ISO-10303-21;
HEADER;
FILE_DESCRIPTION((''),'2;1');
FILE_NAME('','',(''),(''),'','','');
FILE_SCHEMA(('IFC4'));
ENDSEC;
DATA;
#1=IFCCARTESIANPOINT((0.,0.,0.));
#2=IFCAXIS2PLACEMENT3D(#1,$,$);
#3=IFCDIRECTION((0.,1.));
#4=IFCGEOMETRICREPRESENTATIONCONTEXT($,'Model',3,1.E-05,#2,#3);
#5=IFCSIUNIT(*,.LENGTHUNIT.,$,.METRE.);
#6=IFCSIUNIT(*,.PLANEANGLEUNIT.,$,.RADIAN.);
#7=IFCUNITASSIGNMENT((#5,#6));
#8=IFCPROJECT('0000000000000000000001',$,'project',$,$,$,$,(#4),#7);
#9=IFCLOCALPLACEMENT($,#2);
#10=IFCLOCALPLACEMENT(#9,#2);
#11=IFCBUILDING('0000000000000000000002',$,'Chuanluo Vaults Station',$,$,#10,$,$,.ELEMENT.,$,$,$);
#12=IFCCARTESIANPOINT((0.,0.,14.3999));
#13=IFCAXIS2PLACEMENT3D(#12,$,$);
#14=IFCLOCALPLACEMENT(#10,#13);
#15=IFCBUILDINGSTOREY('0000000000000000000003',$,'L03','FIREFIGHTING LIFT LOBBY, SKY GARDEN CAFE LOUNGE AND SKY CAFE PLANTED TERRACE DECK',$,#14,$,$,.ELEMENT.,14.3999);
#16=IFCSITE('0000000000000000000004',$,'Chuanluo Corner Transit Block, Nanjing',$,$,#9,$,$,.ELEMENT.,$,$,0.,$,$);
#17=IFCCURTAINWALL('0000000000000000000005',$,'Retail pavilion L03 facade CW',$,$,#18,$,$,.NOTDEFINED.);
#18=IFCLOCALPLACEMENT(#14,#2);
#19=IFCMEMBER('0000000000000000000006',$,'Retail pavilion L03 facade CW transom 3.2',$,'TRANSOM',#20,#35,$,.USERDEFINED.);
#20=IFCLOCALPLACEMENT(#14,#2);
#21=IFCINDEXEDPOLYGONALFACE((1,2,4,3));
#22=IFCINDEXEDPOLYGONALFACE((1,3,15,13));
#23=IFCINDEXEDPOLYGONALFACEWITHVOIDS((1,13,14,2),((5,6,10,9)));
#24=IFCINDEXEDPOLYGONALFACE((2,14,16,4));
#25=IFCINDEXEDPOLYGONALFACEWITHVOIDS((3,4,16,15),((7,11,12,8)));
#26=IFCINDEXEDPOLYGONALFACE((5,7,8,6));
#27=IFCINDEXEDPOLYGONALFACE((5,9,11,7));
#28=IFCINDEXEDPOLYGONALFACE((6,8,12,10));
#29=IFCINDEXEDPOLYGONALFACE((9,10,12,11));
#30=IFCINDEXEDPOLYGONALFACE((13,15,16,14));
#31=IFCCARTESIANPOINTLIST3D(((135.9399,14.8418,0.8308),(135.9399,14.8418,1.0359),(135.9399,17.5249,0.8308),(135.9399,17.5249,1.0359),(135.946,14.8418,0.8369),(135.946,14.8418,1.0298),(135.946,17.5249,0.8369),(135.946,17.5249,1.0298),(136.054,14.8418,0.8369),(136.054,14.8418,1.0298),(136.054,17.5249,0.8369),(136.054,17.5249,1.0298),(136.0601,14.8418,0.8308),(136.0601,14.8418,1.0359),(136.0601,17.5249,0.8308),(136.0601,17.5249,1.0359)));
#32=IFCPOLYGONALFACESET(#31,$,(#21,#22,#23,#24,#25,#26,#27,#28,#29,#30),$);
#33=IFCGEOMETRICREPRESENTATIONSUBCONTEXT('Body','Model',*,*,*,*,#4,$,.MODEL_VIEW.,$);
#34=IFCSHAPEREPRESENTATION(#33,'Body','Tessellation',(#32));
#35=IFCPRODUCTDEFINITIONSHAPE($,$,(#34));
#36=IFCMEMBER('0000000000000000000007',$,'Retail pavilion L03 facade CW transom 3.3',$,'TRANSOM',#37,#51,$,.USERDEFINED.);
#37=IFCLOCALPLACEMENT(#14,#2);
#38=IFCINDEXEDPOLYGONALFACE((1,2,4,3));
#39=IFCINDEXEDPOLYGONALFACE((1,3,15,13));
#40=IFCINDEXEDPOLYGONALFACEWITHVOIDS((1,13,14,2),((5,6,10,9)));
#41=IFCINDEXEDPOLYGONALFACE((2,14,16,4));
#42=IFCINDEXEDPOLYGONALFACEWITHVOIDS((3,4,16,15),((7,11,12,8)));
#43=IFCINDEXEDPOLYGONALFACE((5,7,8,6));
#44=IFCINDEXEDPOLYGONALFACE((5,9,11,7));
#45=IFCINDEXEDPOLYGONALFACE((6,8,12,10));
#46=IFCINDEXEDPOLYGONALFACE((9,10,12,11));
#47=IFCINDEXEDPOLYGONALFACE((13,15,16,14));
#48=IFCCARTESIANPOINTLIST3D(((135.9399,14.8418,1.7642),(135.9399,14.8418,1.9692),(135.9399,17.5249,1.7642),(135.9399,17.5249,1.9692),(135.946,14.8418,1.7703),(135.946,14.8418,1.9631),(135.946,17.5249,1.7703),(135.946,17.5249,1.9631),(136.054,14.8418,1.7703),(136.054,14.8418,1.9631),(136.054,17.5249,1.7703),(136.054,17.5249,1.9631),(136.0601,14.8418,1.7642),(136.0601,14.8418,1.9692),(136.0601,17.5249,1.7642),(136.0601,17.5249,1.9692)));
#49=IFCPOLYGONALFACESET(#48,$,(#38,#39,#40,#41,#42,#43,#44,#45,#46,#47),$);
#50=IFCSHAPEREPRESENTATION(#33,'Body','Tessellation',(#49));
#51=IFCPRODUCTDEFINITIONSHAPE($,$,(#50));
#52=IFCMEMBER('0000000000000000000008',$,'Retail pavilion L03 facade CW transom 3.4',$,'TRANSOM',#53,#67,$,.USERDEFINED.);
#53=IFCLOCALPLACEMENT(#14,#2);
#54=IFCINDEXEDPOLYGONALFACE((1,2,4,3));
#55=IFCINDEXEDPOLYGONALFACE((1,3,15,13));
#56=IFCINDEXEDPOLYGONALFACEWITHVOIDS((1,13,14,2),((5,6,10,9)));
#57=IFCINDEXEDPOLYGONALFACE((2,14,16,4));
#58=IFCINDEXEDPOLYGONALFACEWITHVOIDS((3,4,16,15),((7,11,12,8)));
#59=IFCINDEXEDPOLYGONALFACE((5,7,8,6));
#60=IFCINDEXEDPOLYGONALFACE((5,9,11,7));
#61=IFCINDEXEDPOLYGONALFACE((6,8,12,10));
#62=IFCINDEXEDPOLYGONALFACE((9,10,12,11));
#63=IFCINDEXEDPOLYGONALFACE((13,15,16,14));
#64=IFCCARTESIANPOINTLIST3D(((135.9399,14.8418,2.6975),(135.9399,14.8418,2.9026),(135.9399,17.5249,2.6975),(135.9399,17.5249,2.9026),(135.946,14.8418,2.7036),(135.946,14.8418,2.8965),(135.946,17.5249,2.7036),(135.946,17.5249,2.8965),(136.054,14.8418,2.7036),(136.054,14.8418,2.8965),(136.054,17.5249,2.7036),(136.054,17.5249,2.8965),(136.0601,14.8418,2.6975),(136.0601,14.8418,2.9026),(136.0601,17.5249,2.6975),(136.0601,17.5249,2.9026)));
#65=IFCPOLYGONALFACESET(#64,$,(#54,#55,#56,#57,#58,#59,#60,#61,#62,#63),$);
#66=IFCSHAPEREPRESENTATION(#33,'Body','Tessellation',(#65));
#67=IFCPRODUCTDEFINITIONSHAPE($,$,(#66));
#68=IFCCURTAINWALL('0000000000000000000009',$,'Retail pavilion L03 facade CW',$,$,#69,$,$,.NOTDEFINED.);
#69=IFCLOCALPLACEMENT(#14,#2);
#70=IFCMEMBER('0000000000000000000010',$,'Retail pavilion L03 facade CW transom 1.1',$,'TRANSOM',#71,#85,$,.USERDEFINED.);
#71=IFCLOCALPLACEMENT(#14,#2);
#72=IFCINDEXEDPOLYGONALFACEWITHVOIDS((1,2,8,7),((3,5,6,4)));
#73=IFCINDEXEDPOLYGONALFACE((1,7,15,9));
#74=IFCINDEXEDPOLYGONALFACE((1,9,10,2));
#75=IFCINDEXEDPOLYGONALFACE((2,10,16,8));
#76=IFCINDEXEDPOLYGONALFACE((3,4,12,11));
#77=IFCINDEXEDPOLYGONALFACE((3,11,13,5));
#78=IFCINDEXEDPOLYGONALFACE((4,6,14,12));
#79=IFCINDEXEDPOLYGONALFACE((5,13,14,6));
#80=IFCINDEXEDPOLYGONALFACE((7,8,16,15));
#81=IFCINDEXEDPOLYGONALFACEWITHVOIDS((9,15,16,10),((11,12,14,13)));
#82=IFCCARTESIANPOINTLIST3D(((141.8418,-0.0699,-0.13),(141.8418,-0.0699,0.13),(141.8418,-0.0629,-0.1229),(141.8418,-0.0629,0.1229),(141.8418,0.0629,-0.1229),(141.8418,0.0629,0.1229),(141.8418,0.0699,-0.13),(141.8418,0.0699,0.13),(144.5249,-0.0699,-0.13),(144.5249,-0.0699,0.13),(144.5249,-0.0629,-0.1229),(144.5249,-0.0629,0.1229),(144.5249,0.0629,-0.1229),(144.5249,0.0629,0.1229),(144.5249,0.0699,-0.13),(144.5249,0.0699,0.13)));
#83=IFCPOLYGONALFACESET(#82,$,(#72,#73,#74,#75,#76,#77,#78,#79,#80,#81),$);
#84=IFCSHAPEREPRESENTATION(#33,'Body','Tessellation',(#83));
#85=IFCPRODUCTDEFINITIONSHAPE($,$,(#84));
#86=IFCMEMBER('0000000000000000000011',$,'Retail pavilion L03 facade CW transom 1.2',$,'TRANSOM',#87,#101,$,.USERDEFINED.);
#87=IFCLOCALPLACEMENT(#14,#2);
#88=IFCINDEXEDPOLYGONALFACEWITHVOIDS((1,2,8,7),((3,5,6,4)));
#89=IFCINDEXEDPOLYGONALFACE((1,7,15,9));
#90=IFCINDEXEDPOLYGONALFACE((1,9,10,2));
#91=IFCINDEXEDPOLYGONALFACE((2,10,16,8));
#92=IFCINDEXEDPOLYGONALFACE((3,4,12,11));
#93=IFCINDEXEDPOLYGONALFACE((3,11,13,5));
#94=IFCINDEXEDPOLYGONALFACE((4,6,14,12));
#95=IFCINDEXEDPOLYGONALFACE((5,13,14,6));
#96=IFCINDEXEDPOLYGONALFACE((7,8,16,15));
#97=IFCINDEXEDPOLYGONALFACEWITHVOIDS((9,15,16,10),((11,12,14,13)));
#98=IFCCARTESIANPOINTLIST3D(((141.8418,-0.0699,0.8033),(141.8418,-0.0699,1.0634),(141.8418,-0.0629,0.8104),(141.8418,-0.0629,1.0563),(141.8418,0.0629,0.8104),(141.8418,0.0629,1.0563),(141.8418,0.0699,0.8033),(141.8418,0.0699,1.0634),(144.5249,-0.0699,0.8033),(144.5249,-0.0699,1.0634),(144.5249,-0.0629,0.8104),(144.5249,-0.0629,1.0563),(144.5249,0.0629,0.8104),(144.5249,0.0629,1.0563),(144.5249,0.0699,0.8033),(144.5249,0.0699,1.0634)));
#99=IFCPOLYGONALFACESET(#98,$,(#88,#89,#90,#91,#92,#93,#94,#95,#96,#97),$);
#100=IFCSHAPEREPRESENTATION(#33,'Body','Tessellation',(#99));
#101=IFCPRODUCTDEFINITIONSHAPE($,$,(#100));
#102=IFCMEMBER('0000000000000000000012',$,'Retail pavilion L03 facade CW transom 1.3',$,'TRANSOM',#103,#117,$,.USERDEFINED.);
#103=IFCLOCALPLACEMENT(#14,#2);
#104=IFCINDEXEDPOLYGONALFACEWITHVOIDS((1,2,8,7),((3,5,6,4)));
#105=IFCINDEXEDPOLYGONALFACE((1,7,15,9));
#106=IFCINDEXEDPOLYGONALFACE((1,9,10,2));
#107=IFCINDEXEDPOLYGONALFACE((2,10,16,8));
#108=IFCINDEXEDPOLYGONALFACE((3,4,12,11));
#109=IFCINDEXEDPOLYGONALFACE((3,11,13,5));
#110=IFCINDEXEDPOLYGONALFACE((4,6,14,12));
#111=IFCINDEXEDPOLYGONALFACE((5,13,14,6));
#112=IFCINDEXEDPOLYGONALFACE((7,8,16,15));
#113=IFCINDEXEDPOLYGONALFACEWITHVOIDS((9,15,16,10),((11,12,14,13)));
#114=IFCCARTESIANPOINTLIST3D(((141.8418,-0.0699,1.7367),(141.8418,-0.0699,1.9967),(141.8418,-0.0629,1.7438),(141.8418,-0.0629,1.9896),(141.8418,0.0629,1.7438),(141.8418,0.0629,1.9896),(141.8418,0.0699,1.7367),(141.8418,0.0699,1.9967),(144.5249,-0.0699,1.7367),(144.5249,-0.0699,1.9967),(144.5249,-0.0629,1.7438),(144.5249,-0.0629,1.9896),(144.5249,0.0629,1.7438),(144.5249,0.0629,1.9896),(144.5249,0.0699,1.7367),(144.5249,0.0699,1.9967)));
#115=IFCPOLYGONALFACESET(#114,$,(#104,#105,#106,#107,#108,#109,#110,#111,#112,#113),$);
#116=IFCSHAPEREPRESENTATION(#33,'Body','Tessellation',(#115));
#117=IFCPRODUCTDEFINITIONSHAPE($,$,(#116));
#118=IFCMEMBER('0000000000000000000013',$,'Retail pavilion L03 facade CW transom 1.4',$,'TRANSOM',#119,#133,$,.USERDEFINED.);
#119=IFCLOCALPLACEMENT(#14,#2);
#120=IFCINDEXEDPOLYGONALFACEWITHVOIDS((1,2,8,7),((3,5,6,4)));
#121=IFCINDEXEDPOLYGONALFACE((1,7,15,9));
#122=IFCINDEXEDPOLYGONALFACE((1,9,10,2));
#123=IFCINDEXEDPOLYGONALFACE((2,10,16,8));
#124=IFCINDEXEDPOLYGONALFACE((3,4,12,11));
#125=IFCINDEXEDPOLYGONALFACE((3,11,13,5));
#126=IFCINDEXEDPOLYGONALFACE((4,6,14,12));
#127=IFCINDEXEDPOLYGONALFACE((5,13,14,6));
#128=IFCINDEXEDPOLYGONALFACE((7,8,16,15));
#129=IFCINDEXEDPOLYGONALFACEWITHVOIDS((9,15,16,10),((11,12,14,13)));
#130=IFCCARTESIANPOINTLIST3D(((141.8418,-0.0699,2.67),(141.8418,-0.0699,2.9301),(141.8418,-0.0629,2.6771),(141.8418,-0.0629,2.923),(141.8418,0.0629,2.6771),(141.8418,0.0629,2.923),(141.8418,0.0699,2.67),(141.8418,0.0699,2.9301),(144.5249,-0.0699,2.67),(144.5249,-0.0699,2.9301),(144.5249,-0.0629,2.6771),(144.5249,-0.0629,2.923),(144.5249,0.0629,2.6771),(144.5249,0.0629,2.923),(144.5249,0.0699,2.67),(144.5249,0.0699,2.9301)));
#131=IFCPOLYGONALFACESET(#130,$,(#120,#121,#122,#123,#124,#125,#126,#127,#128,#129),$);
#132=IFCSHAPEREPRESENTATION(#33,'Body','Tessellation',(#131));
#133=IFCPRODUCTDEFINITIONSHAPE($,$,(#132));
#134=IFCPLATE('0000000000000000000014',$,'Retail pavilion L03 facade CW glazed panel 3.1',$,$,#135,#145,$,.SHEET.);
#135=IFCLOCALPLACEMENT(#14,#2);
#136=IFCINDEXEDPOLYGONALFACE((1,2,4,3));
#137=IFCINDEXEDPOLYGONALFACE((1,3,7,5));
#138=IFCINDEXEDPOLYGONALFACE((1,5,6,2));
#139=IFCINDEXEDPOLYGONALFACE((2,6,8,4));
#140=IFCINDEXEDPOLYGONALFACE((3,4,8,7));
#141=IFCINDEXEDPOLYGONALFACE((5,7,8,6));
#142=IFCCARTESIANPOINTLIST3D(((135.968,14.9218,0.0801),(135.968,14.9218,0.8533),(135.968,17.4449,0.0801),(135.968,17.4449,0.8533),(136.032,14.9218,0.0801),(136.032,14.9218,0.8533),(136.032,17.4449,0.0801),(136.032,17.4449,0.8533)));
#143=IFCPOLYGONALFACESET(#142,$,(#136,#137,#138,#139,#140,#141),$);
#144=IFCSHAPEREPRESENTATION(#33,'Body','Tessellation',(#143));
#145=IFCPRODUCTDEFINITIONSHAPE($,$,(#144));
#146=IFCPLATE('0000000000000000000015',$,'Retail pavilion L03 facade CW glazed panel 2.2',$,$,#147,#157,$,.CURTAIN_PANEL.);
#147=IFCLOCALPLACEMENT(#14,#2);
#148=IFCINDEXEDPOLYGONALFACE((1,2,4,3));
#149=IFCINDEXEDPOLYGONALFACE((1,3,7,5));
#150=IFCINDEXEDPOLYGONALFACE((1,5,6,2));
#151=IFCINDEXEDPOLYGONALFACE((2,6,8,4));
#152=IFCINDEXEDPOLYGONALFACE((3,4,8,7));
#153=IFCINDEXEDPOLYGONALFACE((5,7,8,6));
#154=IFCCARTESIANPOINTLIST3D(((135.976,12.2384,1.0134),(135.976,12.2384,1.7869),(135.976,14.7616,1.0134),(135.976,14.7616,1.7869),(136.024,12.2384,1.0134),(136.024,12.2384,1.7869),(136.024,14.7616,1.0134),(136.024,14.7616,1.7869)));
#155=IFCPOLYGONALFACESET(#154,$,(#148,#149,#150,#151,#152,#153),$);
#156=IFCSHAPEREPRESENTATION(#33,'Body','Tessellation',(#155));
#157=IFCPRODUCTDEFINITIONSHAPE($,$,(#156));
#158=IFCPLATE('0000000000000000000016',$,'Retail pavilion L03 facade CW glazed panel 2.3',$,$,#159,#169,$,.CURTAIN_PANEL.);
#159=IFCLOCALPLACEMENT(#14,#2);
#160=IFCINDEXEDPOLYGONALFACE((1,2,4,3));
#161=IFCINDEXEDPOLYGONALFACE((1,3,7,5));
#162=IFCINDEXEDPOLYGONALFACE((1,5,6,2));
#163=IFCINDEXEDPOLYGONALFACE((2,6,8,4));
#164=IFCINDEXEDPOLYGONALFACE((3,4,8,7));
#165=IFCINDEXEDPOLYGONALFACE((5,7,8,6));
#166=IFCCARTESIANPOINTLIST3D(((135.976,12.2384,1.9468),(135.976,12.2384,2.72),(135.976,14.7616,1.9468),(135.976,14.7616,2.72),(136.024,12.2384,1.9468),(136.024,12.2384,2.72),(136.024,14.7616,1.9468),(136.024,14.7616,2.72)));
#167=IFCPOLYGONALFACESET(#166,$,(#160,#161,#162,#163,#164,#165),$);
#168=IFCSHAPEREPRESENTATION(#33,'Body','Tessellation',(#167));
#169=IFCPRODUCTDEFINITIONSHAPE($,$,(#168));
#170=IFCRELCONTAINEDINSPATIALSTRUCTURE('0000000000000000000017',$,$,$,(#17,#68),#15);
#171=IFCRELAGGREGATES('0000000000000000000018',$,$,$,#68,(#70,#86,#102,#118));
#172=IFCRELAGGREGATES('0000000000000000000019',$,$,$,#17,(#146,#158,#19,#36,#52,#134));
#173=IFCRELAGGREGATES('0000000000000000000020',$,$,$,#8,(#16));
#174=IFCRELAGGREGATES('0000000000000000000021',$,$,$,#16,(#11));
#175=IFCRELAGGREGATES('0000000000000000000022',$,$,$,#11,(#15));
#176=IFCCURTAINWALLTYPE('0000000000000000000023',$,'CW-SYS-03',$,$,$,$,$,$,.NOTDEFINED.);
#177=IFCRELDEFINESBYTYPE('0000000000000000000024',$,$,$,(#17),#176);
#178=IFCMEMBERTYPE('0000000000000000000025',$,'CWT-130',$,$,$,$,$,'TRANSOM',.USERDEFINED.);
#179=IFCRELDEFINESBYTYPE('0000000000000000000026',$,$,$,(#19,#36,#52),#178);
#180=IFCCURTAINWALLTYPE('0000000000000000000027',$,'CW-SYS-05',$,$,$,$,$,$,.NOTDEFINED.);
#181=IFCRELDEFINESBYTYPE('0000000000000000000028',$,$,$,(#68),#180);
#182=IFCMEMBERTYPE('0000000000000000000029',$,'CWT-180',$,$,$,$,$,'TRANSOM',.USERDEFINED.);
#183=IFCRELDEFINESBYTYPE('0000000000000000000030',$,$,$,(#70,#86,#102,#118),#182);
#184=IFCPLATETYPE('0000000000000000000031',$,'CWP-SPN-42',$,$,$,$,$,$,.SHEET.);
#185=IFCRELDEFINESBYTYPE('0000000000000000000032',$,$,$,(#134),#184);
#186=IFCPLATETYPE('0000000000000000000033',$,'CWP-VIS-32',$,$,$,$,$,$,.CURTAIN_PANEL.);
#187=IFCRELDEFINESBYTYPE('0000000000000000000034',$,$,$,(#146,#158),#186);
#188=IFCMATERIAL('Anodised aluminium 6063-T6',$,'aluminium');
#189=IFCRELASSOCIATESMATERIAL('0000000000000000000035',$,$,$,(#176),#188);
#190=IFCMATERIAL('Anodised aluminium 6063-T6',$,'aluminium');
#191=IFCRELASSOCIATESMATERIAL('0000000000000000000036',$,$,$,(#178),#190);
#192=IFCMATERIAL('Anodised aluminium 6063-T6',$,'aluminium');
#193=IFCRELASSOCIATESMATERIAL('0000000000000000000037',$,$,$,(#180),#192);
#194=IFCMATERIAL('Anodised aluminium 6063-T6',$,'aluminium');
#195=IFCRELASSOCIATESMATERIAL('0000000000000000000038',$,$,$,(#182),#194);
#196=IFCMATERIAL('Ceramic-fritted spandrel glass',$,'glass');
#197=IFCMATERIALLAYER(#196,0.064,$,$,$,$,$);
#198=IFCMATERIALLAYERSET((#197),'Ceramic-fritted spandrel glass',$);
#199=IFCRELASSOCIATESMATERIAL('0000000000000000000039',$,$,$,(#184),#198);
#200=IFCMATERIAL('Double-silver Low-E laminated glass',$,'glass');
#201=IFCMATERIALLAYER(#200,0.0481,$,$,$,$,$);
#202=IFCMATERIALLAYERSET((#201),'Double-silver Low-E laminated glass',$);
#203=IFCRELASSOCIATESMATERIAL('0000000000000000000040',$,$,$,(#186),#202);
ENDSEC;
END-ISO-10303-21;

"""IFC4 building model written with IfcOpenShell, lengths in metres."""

from ifc_helpers import new_model, si_unit, direction, frame, origin, origin_2d, place, context, subcontext, project, spatial, rectangle, hollow_rectangle, extrude, material, layer, layer_set, material_profile, profile_set, type_object, element, aggregate, save


model = new_model("IFC4")

# Units and contexts
model_context = context("Model", 3, precision=1e-05, world=origin(), true_north=direction((0.0, 1.0)))
body_context = subcontext(model_context, "Body", "Model", "MODEL_VIEW")
ifc_project = project(units=[si_unit("LENGTHUNIT", "METRE"), si_unit("PLANEANGLEUNIT", "RADIAN")], contexts=[model_context])

# Site, building, storey
site_placement = place(None, origin())
site = spatial("IfcSite", under=ifc_project, at=site_placement, Name="Chuanluo Corner Transit Block, Nanjing", CompositionType="ELEMENT", RefElevation=0.0)
building_placement = place(site_placement, origin())
building = spatial("IfcBuilding", under=site, at=building_placement, Name="Chuanluo Vaults Station", CompositionType="ELEMENT")
storey_placement = place(building_placement, frame((0.0, 0.0, 14.3999)))
storey = spatial("IfcBuildingStorey", under=building, at=storey_placement, Name="L03", Description="FIREFIGHTING LIFT LOBBY, SKY GARDEN CAFE LOUNGE AND SKY CAFE PLANTED TERRACE DECK", CompositionType="ELEMENT", Elevation=14.3999)

# Curtain walls, members
ifc_material_1 = material(Name="Anodised aluminium 6063-T6", Category="aluminium")
curtain_wall_type_1 = type_object("IfcCurtainWallType", Name="CW-SYS-03", PredefinedType="NOTDEFINED", material=ifc_material_1)
curtain_wall_1_placement = place(storey_placement, origin())
curtain_wall_1 = element("IfcCurtainWall", 1, at=curtain_wall_1_placement, inside=storey, type_object=curtain_wall_type_1, Name="Retail pavilion L03 facade CW", PredefinedType="NOTDEFINED")
ifc_material_2 = material(Name="Anodised aluminium 6063-T6", Category="aluminium")
ifc_material_profile_1 = material_profile(ifc_material_2, hollow_rectangle(XDim=0.1201, YDim=0.2051, WallThickness=0.0061, at=origin_2d()))
ifc_profile_set_1 = profile_set([ifc_material_profile_1], Name="Anodised aluminium 6063-T6")
member_type_1 = type_object("IfcMemberType", Name="CWT-130", ElementType="TRANSOM", PredefinedType="USERDEFINED", material=ifc_profile_set_1)
member_1_placement = place(storey_placement, frame((136.0, 14.8418, 0.9333), z_axis=(0.0, 1.0, 0.0), x_axis=(-1.0, 0.0, 0.0)))
member_1 = element("IfcMember", 2, at=member_1_placement, type_object=member_type_1, Name="Retail pavilion L03 facade CW transom 3.2", ObjectType="TRANSOM", PredefinedType="USERDEFINED", context=body_context, shape_type="SweptSolid", body=[
    extrude(hollow_rectangle(XDim=0.1201, YDim=0.2051, WallThickness=0.0061, at=origin_2d()), origin(), (0.0, 0.0, 1.0), 2.6831),
])
member_2_placement = place(storey_placement, frame((136.0, 14.8418, 1.8667), z_axis=(0.0, 1.0, 0.0), x_axis=(-1.0, 0.0, 0.0)))
member_2 = element("IfcMember", 3, at=member_2_placement, type_object=member_type_1, Name="Retail pavilion L03 facade CW transom 3.3", ObjectType="TRANSOM", PredefinedType="USERDEFINED", context=body_context, shape_type="SweptSolid", body=[
    extrude(hollow_rectangle(XDim=0.1201, YDim=0.2051, WallThickness=0.0061, at=origin_2d()), origin(), (0.0, 0.0, 1.0), 2.6831),
])
member_3_placement = place(storey_placement, frame((136.0, 14.8418, 2.8), z_axis=(0.0, 1.0, 0.0), x_axis=(-1.0, 0.0, 0.0)))
member_3 = element("IfcMember", 4, at=member_3_placement, type_object=member_type_1, Name="Retail pavilion L03 facade CW transom 3.4", ObjectType="TRANSOM", PredefinedType="USERDEFINED", context=body_context, shape_type="SweptSolid", body=[
    extrude(hollow_rectangle(XDim=0.1201, YDim=0.2051, WallThickness=0.0061, at=origin_2d()), origin(), (0.0, 0.0, 1.0), 2.6831),
])
ifc_material_3 = material(Name="Anodised aluminium 6063-T6", Category="aluminium")
curtain_wall_type_2 = type_object("IfcCurtainWallType", Name="CW-SYS-05", PredefinedType="NOTDEFINED", material=ifc_material_3)
curtain_wall_2_placement = place(storey_placement, origin())
curtain_wall_2 = element("IfcCurtainWall", 5, at=curtain_wall_2_placement, inside=storey, type_object=curtain_wall_type_2, Name="Retail pavilion L03 facade CW", PredefinedType="NOTDEFINED")
ifc_material_4 = material(Name="Anodised aluminium 6063-T6", Category="aluminium")
ifc_material_profile_2 = material_profile(ifc_material_4, hollow_rectangle(XDim=0.1399, YDim=0.26, WallThickness=0.0071, at=origin_2d()))
ifc_profile_set_2 = profile_set([ifc_material_profile_2], Name="Anodised aluminium 6063-T6")
member_type_2 = type_object("IfcMemberType", Name="CWT-180", ElementType="TRANSOM", PredefinedType="USERDEFINED", material=ifc_profile_set_2)
member_4_placement = place(storey_placement, frame((144.5249, 0.0, 0.0), z_axis=(-1.0, 0.0, 0.0), x_axis=(0.0, -1.0, 0.0)))
member_4 = element("IfcMember", 6, at=member_4_placement, type_object=member_type_2, Name="Retail pavilion L03 facade CW transom 1.1", ObjectType="TRANSOM", PredefinedType="USERDEFINED", context=body_context, shape_type="SweptSolid", body=[
    extrude(hollow_rectangle(XDim=0.1399, YDim=0.26, WallThickness=0.0071, at=origin_2d()), origin(), (0.0, 0.0, 1.0), 2.6831),
])
member_5_placement = place(storey_placement, frame((144.5249, 0.0, 0.9333), z_axis=(-1.0, 0.0, 0.0), x_axis=(0.0, -1.0, 0.0)))
member_5 = element("IfcMember", 7, at=member_5_placement, type_object=member_type_2, Name="Retail pavilion L03 facade CW transom 1.2", ObjectType="TRANSOM", PredefinedType="USERDEFINED", context=body_context, shape_type="SweptSolid", body=[
    extrude(hollow_rectangle(XDim=0.1399, YDim=0.26, WallThickness=0.0071, at=origin_2d()), origin(), (0.0, 0.0, 1.0), 2.6831),
])
member_6_placement = place(storey_placement, frame((144.5249, 0.0, 1.8667), z_axis=(-1.0, 0.0, 0.0), x_axis=(0.0, -1.0, 0.0)))
member_6 = element("IfcMember", 8, at=member_6_placement, type_object=member_type_2, Name="Retail pavilion L03 facade CW transom 1.3", ObjectType="TRANSOM", PredefinedType="USERDEFINED", context=body_context, shape_type="SweptSolid", body=[
    extrude(hollow_rectangle(XDim=0.1399, YDim=0.26, WallThickness=0.0071, at=origin_2d()), origin(), (0.0, 0.0, 1.0), 2.6831),
])
member_7_placement = place(storey_placement, frame((144.5249, 0.0, 2.8), z_axis=(-1.0, 0.0, 0.0), x_axis=(0.0, -1.0, 0.0)))
member_7 = element("IfcMember", 9, at=member_7_placement, type_object=member_type_2, Name="Retail pavilion L03 facade CW transom 1.4", ObjectType="TRANSOM", PredefinedType="USERDEFINED", context=body_context, shape_type="SweptSolid", body=[
    extrude(hollow_rectangle(XDim=0.1399, YDim=0.26, WallThickness=0.0071, at=origin_2d()), origin(), (0.0, 0.0, 1.0), 2.6831),
])
aggregate(curtain_wall_2, [member_4, member_5, member_6, member_7])

# Plates
ifc_material_5 = material(Name="Ceramic-fritted spandrel glass", Category="glass")
ifc_layer_1 = layer(ifc_material_5, 0.064)
ifc_layer_set_1 = layer_set([ifc_layer_1], Name="Ceramic-fritted spandrel glass")
plate_type_1 = type_object("IfcPlateType", Name="CWP-SPN-42", PredefinedType="SHEET", material=ifc_layer_set_1)
plate_1_placement = place(storey_placement, frame((136.0, 16.1833, 0.0801), z_axis=(0.0, 0.0, 1.0), x_axis=(0.0, 1.0, 0.0)))
plate_1 = element("IfcPlate", 10, at=plate_1_placement, type_object=plate_type_1, Name="Retail pavilion L03 facade CW glazed panel 3.1", PredefinedType="SHEET", context=body_context, shape_type="SweptSolid", body=[
    extrude(rectangle(XDim=2.5232, YDim=0.064, at=origin_2d()), origin(), (0.0, 0.0, 1.0), 0.7732),
])
ifc_material_6 = material(Name="Double-silver Low-E laminated glass", Category="glass")
ifc_layer_2 = layer(ifc_material_6, 0.0481)
ifc_layer_set_2 = layer_set([ifc_layer_2], Name="Double-silver Low-E laminated glass")
plate_type_2 = type_object("IfcPlateType", Name="CWP-VIS-32", PredefinedType="CURTAIN_PANEL", material=ifc_layer_set_2)
plate_2_placement = place(storey_placement, frame((136.0, 13.5, 1.0134), z_axis=(0.0, 0.0, 1.0), x_axis=(0.0, 1.0, 0.0)))
plate_2 = element("IfcPlate", 11, at=plate_2_placement, type_object=plate_type_2, Name="Retail pavilion L03 facade CW glazed panel 2.2", PredefinedType="CURTAIN_PANEL", context=body_context, shape_type="SweptSolid", body=[
    extrude(rectangle(XDim=2.5232, YDim=0.0481, at=origin_2d()), origin(), (0.0, 0.0, 1.0), 0.7734),
])
plate_3_placement = place(storey_placement, frame((136.0, 13.5, 1.9468), z_axis=(0.0, 0.0, 1.0), x_axis=(0.0, 1.0, 0.0)))
plate_3 = element("IfcPlate", 12, at=plate_3_placement, type_object=plate_type_2, Name="Retail pavilion L03 facade CW glazed panel 2.3", PredefinedType="CURTAIN_PANEL", context=body_context, shape_type="SweptSolid", body=[
    extrude(rectangle(XDim=2.5232, YDim=0.0481, at=origin_2d()), origin(), (0.0, 0.0, 1.0), 0.7732),
])
aggregate(curtain_wall_1, [plate_2, plate_3, member_1, member_2, member_3, plate_1])

save(model, "model.ifc")
